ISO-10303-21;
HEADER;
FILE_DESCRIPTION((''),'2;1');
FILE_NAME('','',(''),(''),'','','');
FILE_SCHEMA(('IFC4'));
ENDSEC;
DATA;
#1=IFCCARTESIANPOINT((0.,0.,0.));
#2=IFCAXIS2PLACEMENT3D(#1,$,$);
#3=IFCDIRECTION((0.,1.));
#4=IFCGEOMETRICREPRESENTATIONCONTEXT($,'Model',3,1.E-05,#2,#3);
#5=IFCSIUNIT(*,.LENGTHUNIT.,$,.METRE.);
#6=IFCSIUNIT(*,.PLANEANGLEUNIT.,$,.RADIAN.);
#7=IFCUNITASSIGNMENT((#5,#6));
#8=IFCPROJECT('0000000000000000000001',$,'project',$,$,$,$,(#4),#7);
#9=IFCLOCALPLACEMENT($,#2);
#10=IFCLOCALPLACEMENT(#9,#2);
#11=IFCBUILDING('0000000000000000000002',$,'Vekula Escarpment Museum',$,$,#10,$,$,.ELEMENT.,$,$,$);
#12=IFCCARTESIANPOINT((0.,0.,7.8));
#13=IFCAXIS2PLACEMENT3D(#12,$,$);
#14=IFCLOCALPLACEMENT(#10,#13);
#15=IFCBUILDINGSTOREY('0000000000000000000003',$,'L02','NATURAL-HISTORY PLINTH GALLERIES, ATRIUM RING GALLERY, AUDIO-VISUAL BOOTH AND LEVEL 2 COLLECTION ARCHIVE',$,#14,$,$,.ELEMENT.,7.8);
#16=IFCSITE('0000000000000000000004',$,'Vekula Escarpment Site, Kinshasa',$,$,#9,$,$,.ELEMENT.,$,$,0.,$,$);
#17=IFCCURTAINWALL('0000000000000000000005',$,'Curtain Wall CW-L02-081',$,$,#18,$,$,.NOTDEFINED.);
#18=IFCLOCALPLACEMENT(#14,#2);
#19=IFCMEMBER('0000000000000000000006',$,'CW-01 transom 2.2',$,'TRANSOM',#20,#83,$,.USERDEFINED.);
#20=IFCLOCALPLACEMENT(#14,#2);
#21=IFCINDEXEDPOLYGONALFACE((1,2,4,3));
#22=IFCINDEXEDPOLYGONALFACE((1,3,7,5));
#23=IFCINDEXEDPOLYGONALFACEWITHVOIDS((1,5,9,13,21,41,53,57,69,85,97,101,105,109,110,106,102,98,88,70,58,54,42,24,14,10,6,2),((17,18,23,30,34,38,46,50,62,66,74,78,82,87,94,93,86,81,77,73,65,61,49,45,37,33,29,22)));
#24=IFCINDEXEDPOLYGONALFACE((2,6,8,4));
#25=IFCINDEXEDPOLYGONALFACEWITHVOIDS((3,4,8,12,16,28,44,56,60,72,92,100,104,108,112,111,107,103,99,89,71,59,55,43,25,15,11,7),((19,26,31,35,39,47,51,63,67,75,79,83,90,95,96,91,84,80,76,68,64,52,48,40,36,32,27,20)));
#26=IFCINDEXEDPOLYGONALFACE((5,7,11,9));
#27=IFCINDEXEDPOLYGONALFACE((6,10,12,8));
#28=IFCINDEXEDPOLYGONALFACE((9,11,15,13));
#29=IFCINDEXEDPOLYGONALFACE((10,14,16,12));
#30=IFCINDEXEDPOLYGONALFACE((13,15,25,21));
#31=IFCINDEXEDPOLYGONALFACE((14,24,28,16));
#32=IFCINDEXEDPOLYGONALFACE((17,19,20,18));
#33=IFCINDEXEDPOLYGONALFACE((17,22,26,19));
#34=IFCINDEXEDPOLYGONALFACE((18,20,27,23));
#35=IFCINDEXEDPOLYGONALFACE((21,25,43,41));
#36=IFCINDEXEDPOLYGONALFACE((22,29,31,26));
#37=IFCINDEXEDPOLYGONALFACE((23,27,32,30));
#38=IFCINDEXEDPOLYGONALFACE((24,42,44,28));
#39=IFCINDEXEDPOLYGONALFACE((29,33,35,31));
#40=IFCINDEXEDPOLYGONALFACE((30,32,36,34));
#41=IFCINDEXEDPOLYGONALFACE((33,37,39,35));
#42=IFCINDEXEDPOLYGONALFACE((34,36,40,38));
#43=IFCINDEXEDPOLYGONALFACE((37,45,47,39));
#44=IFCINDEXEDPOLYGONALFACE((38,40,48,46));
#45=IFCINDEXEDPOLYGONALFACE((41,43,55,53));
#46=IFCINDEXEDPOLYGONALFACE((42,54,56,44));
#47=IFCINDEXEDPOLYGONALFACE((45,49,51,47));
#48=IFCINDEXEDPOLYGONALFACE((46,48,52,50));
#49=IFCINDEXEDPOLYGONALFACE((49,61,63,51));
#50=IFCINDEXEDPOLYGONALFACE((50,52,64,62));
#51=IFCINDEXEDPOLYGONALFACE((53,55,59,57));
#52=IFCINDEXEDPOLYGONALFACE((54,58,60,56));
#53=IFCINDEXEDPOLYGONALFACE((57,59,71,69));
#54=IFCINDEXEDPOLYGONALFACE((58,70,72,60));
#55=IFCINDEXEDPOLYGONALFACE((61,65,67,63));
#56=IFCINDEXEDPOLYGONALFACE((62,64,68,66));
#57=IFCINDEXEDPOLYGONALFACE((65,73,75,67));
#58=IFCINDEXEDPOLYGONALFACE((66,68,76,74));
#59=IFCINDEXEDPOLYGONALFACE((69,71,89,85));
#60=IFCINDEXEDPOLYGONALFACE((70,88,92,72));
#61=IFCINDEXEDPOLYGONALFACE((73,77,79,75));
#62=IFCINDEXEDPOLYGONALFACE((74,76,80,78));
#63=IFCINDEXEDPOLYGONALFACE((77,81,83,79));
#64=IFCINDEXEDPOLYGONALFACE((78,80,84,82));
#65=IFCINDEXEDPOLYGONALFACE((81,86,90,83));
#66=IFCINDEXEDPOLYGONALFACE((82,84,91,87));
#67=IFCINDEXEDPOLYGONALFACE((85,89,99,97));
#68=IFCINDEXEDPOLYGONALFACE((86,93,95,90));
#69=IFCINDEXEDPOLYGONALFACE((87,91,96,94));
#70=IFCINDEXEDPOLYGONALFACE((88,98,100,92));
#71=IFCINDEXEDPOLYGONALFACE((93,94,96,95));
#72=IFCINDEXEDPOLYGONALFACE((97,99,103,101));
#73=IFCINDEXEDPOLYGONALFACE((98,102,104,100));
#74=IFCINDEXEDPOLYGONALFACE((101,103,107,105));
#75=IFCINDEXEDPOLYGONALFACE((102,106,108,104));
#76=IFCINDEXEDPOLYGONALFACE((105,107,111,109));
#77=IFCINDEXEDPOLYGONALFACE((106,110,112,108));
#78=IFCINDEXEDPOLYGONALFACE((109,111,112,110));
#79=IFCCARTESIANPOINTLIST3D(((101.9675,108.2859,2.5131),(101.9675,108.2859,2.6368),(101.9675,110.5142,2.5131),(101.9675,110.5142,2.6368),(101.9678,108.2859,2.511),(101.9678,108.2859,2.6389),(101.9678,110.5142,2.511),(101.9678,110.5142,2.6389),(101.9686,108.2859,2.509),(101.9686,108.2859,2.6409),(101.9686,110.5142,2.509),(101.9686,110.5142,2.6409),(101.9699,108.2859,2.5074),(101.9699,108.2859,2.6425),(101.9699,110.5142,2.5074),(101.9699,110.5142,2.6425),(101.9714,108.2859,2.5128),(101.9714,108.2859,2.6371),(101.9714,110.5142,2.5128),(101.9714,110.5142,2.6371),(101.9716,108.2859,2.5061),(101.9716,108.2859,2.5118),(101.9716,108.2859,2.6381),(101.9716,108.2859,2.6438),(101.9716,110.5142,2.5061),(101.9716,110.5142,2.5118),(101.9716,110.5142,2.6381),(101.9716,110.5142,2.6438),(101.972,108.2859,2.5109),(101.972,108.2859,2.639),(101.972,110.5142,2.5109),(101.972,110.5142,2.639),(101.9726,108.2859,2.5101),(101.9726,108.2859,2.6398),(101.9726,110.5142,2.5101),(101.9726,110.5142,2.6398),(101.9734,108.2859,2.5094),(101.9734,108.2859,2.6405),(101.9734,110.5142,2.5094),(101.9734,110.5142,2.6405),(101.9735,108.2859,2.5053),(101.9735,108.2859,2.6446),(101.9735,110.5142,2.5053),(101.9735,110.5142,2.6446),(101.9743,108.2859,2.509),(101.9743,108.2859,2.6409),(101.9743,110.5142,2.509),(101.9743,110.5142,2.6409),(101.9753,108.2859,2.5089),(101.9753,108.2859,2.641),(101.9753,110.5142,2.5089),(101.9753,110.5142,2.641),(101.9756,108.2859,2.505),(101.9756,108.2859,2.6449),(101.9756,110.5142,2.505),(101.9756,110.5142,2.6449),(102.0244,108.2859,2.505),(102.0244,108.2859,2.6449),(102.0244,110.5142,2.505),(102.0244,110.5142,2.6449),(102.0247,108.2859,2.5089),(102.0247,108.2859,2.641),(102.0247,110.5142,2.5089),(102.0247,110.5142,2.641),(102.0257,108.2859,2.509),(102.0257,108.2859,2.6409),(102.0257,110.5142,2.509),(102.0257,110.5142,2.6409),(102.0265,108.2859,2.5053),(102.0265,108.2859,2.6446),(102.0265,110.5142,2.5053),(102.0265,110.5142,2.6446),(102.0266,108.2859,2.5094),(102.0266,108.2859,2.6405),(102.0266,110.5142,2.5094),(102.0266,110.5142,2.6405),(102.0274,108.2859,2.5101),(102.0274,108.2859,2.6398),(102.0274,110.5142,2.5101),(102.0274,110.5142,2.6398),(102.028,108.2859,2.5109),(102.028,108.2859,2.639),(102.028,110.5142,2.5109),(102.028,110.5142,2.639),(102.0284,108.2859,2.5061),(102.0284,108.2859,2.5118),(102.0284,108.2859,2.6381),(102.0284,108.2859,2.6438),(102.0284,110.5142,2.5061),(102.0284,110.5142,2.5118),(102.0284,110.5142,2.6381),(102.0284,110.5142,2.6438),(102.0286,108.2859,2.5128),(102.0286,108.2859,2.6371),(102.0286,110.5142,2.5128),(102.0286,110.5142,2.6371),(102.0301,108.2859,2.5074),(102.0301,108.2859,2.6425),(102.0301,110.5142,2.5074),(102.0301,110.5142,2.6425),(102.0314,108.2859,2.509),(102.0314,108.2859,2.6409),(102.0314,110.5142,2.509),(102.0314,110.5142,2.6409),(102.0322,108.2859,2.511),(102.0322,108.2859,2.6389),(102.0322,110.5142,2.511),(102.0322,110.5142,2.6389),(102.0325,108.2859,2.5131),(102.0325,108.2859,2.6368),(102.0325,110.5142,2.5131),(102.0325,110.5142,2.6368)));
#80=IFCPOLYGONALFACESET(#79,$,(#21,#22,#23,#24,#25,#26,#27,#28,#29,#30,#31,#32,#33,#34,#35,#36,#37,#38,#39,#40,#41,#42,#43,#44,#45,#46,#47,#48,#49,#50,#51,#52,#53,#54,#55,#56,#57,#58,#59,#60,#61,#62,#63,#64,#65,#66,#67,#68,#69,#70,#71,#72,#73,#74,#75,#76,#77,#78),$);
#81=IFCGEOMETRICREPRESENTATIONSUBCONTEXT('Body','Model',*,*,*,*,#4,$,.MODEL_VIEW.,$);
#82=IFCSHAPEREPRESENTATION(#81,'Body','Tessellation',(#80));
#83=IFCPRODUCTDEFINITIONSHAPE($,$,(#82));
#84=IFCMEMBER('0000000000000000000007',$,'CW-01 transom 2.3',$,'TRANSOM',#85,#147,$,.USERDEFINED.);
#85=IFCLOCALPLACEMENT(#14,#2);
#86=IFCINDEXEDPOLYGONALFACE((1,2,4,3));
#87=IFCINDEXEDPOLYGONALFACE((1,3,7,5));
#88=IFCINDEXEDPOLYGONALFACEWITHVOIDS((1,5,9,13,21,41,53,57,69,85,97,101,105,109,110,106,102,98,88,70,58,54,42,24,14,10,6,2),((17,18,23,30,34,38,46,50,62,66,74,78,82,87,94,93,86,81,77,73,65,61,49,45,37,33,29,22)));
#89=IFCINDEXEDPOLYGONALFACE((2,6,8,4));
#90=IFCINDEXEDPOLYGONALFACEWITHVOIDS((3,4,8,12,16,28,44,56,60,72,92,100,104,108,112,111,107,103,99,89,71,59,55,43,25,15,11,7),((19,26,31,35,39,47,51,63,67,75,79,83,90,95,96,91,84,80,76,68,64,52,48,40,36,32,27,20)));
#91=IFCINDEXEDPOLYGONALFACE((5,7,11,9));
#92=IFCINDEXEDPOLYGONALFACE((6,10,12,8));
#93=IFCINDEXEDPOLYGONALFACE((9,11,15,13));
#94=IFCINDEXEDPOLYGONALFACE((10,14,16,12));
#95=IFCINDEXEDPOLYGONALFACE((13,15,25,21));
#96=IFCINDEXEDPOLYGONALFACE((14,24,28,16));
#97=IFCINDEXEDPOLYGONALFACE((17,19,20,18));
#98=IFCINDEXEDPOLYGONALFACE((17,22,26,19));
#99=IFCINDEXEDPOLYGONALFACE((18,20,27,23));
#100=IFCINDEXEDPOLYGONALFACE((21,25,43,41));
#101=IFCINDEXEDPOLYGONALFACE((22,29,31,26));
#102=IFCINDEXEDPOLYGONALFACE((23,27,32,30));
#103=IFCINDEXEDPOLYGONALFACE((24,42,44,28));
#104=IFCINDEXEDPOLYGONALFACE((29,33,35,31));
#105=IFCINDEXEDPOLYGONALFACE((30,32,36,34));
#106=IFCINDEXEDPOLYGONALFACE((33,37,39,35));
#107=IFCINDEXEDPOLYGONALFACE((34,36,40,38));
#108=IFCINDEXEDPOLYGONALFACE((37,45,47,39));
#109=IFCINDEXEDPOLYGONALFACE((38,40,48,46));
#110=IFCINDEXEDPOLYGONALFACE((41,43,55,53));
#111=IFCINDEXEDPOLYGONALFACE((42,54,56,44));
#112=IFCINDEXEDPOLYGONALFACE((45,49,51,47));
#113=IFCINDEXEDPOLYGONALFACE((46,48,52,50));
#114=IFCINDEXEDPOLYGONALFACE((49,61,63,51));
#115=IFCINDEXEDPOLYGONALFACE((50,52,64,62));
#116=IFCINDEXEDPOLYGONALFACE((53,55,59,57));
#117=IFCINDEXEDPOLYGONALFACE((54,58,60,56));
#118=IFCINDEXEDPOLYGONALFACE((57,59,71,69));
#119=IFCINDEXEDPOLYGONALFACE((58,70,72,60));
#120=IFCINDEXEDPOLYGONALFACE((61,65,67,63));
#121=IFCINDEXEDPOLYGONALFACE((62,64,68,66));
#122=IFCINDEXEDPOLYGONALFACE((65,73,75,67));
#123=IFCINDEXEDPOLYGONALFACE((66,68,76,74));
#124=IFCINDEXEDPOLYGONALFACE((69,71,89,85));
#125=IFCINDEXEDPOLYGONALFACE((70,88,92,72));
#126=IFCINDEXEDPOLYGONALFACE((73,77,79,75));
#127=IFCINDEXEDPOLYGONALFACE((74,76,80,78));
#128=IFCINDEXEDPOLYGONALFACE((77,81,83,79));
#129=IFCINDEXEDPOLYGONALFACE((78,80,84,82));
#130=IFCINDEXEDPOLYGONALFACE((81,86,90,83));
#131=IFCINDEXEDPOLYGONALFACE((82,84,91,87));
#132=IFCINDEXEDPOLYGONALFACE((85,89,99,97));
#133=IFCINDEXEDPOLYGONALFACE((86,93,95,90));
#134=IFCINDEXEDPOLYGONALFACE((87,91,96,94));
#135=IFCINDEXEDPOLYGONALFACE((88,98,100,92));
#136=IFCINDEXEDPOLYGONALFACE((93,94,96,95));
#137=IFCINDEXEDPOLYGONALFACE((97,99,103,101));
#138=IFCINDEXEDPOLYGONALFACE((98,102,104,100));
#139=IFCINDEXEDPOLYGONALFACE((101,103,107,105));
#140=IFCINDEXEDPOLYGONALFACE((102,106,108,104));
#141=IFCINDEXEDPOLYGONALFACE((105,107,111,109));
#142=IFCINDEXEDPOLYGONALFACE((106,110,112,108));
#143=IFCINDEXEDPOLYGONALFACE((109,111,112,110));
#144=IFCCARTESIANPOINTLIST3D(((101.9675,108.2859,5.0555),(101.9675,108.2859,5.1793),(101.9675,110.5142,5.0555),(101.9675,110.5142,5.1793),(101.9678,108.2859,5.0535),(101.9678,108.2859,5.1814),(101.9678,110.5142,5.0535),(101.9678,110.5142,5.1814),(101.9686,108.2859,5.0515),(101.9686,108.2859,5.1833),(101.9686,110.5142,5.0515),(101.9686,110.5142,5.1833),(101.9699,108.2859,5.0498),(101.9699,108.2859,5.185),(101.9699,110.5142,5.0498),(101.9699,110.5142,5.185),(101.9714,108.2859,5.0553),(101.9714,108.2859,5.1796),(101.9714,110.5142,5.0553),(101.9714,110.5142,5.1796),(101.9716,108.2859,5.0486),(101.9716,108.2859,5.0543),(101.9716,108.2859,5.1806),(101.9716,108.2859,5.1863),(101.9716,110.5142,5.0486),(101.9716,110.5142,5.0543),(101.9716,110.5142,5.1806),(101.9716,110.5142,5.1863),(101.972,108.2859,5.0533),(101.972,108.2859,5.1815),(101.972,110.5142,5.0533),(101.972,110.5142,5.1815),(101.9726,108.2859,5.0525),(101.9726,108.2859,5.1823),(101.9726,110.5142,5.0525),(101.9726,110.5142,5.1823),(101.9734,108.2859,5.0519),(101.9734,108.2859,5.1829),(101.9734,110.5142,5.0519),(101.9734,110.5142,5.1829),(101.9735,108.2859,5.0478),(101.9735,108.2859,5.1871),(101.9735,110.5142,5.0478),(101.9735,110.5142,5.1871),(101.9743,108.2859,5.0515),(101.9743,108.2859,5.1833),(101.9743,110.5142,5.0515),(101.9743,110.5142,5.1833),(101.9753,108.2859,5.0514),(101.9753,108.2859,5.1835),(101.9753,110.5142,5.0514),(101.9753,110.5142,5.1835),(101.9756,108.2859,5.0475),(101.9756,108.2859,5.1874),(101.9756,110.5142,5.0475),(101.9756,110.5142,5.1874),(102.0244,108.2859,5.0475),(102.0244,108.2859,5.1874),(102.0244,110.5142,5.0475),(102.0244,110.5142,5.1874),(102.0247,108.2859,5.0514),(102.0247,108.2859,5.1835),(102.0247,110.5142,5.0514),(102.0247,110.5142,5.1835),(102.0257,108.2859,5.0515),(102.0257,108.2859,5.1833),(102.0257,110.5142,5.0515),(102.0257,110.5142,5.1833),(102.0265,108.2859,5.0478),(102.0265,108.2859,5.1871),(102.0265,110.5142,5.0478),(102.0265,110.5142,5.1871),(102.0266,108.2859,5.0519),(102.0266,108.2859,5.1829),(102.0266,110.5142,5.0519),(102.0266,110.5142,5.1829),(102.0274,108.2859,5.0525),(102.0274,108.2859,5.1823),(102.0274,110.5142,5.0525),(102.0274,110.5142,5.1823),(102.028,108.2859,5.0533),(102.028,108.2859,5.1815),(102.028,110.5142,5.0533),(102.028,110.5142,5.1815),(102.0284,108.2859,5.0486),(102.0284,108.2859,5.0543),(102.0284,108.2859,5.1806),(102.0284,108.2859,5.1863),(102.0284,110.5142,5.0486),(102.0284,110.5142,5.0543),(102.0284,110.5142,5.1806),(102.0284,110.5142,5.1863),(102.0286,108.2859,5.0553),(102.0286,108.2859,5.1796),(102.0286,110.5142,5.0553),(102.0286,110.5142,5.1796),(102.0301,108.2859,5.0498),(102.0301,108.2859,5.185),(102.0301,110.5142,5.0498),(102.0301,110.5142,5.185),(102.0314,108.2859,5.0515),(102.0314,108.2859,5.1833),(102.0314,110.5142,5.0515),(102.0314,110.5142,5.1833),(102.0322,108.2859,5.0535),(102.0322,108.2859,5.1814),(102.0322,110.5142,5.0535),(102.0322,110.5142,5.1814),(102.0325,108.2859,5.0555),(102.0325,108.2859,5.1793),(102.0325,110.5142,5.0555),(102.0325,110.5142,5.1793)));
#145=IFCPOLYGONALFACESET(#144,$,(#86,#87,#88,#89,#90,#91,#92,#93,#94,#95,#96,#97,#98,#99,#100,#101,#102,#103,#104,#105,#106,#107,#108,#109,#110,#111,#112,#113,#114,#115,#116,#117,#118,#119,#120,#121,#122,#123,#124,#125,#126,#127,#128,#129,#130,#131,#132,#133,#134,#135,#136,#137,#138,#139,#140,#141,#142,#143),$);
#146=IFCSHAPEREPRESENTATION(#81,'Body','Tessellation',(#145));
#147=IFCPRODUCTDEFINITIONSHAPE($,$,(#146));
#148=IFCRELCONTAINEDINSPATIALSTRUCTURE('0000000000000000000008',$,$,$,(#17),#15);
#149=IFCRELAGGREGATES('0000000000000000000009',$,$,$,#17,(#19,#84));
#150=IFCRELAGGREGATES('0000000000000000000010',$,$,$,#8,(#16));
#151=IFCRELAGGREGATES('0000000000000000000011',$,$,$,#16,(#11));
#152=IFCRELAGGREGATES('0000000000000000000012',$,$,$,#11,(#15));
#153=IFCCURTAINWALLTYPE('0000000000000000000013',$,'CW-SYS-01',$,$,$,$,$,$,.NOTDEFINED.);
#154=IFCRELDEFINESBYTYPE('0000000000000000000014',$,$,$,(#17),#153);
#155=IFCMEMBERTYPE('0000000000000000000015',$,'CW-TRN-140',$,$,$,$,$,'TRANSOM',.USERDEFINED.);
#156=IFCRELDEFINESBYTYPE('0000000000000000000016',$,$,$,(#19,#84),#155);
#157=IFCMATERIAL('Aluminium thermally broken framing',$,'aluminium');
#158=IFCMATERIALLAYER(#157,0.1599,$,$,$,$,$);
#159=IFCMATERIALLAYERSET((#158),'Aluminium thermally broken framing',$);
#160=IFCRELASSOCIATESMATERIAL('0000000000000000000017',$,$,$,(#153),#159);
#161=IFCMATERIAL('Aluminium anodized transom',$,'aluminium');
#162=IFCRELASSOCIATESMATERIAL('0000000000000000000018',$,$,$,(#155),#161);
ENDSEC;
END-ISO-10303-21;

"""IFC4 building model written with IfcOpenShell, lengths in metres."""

from ifc_helpers import new_model, si_unit, direction, frame, origin, origin_2d, place, context, subcontext, project, spatial, hollow_rectangle, extrude, material, layer, layer_set, material_profile, profile_set, type_object, element, aggregate, save


model = new_model("IFC4")

# Units and contexts
model_context = context("Model", 3, precision=1e-05, world=origin(), true_north=direction((0.0, 1.0)))
body_context = subcontext(model_context, "Body", "Model", "MODEL_VIEW")
ifc_project = project(units=[si_unit("LENGTHUNIT", "METRE"), si_unit("PLANEANGLEUNIT", "RADIAN")], contexts=[model_context])

# Site, building, storey
site_placement = place(None, origin())
site = spatial("IfcSite", under=ifc_project, at=site_placement, Name="Vekula Escarpment Site, Kinshasa", CompositionType="ELEMENT", RefElevation=0.0)
building_placement = place(site_placement, origin())
building = spatial("IfcBuilding", under=site, at=building_placement, Name="Vekula Escarpment Museum", CompositionType="ELEMENT")
storey_placement = place(building_placement, frame((0.0, 0.0, 7.8)))
storey = spatial("IfcBuildingStorey", under=building, at=storey_placement, Name="L02", Description="NATURAL-HISTORY PLINTH GALLERIES, ATRIUM RING GALLERY, AUDIO-VISUAL BOOTH AND LEVEL 2 COLLECTION ARCHIVE", CompositionType="ELEMENT", Elevation=7.8)

# Curtain wall
ifc_material_1 = material(Name="Aluminium thermally broken framing", Category="aluminium")
ifc_layer_1 = layer(ifc_material_1, 0.1599)
ifc_layer_set_1 = layer_set([ifc_layer_1], Name="Aluminium thermally broken framing")
curtain_wall_type_1 = type_object("IfcCurtainWallType", Name="CW-SYS-01", PredefinedType="NOTDEFINED", material=ifc_layer_set_1)
curtain_wall_1_placement = place(storey_placement, origin())
curtain_wall_1 = element("IfcCurtainWall", 1, at=curtain_wall_1_placement, inside=storey, type_object=curtain_wall_type_1, Name="Curtain Wall CW-L02-081", PredefinedType="NOTDEFINED")

# Members
ifc_material_2 = material(Name="Aluminium anodized transom", Category="aluminium")
ifc_material_profile_1 = material_profile(ifc_material_2, hollow_rectangle(XDim=0.0649, YDim=0.1399, WallThickness=0.0039, InnerFilletRadius=0.0039, OuterFilletRadius=0.0081, at=origin_2d()), Name="ALU 140x65x4")
ifc_profile_set_1 = profile_set([ifc_material_profile_1], Name="Aluminium anodized transom")
member_type_1 = type_object("IfcMemberType", Name="CW-TRN-140", ElementType="TRANSOM", PredefinedType="USERDEFINED", material=ifc_profile_set_1)
member_1_placement = place(storey_placement, frame((102.0, 108.2859, 2.575), z_axis=(0.0, 1.0, 0.0), x_axis=(-1.0, 0.0, 0.0)))
member_1 = element("IfcMember", 2, at=member_1_placement, type_object=member_type_1, Name="CW-01 transom 2.2", ObjectType="TRANSOM", PredefinedType="USERDEFINED", context=body_context, shape_type="SweptSolid", body=[
    extrude(hollow_rectangle(XDim=0.0649, YDim=0.1399, WallThickness=0.0039, InnerFilletRadius=0.0039, OuterFilletRadius=0.0081, at=origin_2d()), origin(), (0.0, 0.0, 1.0), 2.2283),
])
member_2_placement = place(storey_placement, frame((102.0, 108.2859, 5.1174), z_axis=(0.0, 1.0, 0.0), x_axis=(-1.0, 0.0, 0.0)))
member_2 = element("IfcMember", 3, at=member_2_placement, type_object=member_type_1, Name="CW-01 transom 2.3", ObjectType="TRANSOM", PredefinedType="USERDEFINED", context=body_context, shape_type="SweptSolid", body=[
    extrude(hollow_rectangle(XDim=0.0649, YDim=0.1399, WallThickness=0.0039, InnerFilletRadius=0.0039, OuterFilletRadius=0.0081, at=origin_2d()), origin(), (0.0, 0.0, 1.0), 2.2283),
])

aggregate(curtain_wall_1, [member_1, member_2])

save(model, "model.ifc")
